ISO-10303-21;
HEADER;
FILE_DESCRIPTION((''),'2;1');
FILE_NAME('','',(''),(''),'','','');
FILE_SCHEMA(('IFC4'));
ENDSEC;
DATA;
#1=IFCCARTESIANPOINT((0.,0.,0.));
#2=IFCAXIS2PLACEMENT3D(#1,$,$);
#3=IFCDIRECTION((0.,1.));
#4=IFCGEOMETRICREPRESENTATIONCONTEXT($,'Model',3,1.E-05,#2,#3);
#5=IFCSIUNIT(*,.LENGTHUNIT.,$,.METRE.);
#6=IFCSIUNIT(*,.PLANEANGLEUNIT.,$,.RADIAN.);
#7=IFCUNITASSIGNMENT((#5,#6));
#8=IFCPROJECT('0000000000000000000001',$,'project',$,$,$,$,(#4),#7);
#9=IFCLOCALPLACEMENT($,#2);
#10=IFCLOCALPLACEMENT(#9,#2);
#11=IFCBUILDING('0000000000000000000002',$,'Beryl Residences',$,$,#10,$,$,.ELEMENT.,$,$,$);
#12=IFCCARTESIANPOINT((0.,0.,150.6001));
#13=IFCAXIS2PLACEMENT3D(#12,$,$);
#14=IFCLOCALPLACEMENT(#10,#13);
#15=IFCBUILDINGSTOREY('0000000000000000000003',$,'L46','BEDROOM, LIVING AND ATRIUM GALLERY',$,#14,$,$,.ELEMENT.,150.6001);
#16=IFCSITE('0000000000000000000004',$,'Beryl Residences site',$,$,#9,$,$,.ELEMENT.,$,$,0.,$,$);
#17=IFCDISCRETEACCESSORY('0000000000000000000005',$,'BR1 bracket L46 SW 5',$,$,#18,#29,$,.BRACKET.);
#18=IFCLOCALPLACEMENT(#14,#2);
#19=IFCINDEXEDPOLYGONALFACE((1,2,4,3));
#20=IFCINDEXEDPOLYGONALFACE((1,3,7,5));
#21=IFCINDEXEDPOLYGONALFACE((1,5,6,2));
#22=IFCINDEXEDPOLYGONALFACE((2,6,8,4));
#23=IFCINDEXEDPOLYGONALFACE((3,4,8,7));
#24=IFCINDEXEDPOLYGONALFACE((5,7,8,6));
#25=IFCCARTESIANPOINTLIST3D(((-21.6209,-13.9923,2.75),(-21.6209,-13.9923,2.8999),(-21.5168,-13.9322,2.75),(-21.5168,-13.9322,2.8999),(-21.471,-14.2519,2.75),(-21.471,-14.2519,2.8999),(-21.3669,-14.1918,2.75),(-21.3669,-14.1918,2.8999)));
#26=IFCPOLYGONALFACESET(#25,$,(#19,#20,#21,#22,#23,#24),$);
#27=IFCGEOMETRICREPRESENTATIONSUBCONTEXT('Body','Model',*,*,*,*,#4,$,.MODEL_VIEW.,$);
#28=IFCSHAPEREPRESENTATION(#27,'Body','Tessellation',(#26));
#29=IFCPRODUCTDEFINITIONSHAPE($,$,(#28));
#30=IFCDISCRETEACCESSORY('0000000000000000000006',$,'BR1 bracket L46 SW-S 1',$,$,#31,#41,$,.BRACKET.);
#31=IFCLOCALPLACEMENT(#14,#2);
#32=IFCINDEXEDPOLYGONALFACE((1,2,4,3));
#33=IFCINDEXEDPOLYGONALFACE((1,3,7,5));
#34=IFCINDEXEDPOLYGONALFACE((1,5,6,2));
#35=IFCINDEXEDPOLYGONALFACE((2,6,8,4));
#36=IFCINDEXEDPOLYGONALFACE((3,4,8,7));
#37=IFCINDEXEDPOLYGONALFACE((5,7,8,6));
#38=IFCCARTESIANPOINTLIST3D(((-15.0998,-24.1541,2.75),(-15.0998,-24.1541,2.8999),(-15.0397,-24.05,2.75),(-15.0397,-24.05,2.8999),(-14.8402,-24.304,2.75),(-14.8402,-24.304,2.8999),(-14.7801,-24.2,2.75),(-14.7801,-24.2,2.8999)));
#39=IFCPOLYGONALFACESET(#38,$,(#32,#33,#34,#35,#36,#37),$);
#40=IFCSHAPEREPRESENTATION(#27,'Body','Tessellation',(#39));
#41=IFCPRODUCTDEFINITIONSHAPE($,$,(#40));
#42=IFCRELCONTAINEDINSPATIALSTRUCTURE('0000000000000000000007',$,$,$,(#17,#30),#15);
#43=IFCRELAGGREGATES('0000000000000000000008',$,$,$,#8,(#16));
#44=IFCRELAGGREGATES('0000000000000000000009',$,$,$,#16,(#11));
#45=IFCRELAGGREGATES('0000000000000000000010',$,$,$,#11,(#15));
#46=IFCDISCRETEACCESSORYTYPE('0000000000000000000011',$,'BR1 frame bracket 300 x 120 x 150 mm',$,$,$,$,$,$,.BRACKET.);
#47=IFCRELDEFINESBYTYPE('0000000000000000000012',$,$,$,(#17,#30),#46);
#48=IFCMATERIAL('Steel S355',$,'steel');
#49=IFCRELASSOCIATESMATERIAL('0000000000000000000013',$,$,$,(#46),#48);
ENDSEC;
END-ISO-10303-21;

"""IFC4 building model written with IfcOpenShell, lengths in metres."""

from ifc_helpers import new_model, si_unit, direction, frame, origin, place, context, subcontext, project, spatial, polyline, outline, extrude, source, transform, mapped, material, type_object, type_shapes, element, save


model = new_model("IFC4")

# Units and contexts
model_context = context("Model", 3, precision=1e-05, world=origin(), true_north=direction((0.0, 1.0)))
body_context = subcontext(model_context, "Body", "Model", "MODEL_VIEW")
ifc_project = project(units=[si_unit("LENGTHUNIT", "METRE"), si_unit("PLANEANGLEUNIT", "RADIAN")], contexts=[model_context])

# Site, building, storey
site_placement = place(None, origin())
site = spatial("IfcSite", under=ifc_project, at=site_placement, Name="Beryl Residences site", CompositionType="ELEMENT", RefElevation=0.0)
building_placement = place(site_placement, origin())
building = spatial("IfcBuilding", under=site, at=building_placement, Name="Beryl Residences", CompositionType="ELEMENT")
storey_placement = place(building_placement, frame((0.0, 0.0, 150.6001)))
storey = spatial("IfcBuildingStorey", under=building, at=storey_placement, Name="L46", Description="BEDROOM, LIVING AND ATRIUM GALLERY", CompositionType="ELEMENT", Elevation=150.6001)

# Discrete accessories
ifc_material_1 = material(Name="Steel S355", Category="steel")
discrete_accessory_type = type_object("IfcDiscreteAccessoryType", Name="BR1 frame bracket 300 x 120 x 150 mm", PredefinedType="BRACKET", material=ifc_material_1)
shared_shape_1 = source(origin(), body_context, "Body", "SweptSolid", [
    extrude(outline(polyline([(-0.1499, 0.0), (0.1499, 0.0), (0.1499, 0.1201), (-0.1499, 0.1201), (-0.1499, 0.0)])), origin(), (0.0, 0.0, 1.0), 0.1499),
])
type_shapes(discrete_accessory_type, [shared_shape_1])
for number, where, z_axis, x_axis, name in (
    (1, (-21.4419, -14.062, 2.75), (0.0, 0.0, 1.0), (-0.5, 0.866025, 0.0), "BR1 bracket L46 SW 5"),
    (2, (-14.9099, -24.125, 2.75), (0.0, 0.0, 1.0), (-0.866025, 0.5, 0.0), "BR1 bracket L46 SW-S 1"),
):
    element("IfcDiscreteAccessory", number, at=place(storey_placement, frame(where, z_axis=z_axis, x_axis=x_axis)), inside=storey, type_object=discrete_accessory_type, Name=name, PredefinedType="BRACKET", context=body_context, shape_type="MappedRepresentation", body=[
        mapped(shared_shape_1, transform((0.0, 0.0, 0.0))),
    ])

save(model, "model.ifc")
